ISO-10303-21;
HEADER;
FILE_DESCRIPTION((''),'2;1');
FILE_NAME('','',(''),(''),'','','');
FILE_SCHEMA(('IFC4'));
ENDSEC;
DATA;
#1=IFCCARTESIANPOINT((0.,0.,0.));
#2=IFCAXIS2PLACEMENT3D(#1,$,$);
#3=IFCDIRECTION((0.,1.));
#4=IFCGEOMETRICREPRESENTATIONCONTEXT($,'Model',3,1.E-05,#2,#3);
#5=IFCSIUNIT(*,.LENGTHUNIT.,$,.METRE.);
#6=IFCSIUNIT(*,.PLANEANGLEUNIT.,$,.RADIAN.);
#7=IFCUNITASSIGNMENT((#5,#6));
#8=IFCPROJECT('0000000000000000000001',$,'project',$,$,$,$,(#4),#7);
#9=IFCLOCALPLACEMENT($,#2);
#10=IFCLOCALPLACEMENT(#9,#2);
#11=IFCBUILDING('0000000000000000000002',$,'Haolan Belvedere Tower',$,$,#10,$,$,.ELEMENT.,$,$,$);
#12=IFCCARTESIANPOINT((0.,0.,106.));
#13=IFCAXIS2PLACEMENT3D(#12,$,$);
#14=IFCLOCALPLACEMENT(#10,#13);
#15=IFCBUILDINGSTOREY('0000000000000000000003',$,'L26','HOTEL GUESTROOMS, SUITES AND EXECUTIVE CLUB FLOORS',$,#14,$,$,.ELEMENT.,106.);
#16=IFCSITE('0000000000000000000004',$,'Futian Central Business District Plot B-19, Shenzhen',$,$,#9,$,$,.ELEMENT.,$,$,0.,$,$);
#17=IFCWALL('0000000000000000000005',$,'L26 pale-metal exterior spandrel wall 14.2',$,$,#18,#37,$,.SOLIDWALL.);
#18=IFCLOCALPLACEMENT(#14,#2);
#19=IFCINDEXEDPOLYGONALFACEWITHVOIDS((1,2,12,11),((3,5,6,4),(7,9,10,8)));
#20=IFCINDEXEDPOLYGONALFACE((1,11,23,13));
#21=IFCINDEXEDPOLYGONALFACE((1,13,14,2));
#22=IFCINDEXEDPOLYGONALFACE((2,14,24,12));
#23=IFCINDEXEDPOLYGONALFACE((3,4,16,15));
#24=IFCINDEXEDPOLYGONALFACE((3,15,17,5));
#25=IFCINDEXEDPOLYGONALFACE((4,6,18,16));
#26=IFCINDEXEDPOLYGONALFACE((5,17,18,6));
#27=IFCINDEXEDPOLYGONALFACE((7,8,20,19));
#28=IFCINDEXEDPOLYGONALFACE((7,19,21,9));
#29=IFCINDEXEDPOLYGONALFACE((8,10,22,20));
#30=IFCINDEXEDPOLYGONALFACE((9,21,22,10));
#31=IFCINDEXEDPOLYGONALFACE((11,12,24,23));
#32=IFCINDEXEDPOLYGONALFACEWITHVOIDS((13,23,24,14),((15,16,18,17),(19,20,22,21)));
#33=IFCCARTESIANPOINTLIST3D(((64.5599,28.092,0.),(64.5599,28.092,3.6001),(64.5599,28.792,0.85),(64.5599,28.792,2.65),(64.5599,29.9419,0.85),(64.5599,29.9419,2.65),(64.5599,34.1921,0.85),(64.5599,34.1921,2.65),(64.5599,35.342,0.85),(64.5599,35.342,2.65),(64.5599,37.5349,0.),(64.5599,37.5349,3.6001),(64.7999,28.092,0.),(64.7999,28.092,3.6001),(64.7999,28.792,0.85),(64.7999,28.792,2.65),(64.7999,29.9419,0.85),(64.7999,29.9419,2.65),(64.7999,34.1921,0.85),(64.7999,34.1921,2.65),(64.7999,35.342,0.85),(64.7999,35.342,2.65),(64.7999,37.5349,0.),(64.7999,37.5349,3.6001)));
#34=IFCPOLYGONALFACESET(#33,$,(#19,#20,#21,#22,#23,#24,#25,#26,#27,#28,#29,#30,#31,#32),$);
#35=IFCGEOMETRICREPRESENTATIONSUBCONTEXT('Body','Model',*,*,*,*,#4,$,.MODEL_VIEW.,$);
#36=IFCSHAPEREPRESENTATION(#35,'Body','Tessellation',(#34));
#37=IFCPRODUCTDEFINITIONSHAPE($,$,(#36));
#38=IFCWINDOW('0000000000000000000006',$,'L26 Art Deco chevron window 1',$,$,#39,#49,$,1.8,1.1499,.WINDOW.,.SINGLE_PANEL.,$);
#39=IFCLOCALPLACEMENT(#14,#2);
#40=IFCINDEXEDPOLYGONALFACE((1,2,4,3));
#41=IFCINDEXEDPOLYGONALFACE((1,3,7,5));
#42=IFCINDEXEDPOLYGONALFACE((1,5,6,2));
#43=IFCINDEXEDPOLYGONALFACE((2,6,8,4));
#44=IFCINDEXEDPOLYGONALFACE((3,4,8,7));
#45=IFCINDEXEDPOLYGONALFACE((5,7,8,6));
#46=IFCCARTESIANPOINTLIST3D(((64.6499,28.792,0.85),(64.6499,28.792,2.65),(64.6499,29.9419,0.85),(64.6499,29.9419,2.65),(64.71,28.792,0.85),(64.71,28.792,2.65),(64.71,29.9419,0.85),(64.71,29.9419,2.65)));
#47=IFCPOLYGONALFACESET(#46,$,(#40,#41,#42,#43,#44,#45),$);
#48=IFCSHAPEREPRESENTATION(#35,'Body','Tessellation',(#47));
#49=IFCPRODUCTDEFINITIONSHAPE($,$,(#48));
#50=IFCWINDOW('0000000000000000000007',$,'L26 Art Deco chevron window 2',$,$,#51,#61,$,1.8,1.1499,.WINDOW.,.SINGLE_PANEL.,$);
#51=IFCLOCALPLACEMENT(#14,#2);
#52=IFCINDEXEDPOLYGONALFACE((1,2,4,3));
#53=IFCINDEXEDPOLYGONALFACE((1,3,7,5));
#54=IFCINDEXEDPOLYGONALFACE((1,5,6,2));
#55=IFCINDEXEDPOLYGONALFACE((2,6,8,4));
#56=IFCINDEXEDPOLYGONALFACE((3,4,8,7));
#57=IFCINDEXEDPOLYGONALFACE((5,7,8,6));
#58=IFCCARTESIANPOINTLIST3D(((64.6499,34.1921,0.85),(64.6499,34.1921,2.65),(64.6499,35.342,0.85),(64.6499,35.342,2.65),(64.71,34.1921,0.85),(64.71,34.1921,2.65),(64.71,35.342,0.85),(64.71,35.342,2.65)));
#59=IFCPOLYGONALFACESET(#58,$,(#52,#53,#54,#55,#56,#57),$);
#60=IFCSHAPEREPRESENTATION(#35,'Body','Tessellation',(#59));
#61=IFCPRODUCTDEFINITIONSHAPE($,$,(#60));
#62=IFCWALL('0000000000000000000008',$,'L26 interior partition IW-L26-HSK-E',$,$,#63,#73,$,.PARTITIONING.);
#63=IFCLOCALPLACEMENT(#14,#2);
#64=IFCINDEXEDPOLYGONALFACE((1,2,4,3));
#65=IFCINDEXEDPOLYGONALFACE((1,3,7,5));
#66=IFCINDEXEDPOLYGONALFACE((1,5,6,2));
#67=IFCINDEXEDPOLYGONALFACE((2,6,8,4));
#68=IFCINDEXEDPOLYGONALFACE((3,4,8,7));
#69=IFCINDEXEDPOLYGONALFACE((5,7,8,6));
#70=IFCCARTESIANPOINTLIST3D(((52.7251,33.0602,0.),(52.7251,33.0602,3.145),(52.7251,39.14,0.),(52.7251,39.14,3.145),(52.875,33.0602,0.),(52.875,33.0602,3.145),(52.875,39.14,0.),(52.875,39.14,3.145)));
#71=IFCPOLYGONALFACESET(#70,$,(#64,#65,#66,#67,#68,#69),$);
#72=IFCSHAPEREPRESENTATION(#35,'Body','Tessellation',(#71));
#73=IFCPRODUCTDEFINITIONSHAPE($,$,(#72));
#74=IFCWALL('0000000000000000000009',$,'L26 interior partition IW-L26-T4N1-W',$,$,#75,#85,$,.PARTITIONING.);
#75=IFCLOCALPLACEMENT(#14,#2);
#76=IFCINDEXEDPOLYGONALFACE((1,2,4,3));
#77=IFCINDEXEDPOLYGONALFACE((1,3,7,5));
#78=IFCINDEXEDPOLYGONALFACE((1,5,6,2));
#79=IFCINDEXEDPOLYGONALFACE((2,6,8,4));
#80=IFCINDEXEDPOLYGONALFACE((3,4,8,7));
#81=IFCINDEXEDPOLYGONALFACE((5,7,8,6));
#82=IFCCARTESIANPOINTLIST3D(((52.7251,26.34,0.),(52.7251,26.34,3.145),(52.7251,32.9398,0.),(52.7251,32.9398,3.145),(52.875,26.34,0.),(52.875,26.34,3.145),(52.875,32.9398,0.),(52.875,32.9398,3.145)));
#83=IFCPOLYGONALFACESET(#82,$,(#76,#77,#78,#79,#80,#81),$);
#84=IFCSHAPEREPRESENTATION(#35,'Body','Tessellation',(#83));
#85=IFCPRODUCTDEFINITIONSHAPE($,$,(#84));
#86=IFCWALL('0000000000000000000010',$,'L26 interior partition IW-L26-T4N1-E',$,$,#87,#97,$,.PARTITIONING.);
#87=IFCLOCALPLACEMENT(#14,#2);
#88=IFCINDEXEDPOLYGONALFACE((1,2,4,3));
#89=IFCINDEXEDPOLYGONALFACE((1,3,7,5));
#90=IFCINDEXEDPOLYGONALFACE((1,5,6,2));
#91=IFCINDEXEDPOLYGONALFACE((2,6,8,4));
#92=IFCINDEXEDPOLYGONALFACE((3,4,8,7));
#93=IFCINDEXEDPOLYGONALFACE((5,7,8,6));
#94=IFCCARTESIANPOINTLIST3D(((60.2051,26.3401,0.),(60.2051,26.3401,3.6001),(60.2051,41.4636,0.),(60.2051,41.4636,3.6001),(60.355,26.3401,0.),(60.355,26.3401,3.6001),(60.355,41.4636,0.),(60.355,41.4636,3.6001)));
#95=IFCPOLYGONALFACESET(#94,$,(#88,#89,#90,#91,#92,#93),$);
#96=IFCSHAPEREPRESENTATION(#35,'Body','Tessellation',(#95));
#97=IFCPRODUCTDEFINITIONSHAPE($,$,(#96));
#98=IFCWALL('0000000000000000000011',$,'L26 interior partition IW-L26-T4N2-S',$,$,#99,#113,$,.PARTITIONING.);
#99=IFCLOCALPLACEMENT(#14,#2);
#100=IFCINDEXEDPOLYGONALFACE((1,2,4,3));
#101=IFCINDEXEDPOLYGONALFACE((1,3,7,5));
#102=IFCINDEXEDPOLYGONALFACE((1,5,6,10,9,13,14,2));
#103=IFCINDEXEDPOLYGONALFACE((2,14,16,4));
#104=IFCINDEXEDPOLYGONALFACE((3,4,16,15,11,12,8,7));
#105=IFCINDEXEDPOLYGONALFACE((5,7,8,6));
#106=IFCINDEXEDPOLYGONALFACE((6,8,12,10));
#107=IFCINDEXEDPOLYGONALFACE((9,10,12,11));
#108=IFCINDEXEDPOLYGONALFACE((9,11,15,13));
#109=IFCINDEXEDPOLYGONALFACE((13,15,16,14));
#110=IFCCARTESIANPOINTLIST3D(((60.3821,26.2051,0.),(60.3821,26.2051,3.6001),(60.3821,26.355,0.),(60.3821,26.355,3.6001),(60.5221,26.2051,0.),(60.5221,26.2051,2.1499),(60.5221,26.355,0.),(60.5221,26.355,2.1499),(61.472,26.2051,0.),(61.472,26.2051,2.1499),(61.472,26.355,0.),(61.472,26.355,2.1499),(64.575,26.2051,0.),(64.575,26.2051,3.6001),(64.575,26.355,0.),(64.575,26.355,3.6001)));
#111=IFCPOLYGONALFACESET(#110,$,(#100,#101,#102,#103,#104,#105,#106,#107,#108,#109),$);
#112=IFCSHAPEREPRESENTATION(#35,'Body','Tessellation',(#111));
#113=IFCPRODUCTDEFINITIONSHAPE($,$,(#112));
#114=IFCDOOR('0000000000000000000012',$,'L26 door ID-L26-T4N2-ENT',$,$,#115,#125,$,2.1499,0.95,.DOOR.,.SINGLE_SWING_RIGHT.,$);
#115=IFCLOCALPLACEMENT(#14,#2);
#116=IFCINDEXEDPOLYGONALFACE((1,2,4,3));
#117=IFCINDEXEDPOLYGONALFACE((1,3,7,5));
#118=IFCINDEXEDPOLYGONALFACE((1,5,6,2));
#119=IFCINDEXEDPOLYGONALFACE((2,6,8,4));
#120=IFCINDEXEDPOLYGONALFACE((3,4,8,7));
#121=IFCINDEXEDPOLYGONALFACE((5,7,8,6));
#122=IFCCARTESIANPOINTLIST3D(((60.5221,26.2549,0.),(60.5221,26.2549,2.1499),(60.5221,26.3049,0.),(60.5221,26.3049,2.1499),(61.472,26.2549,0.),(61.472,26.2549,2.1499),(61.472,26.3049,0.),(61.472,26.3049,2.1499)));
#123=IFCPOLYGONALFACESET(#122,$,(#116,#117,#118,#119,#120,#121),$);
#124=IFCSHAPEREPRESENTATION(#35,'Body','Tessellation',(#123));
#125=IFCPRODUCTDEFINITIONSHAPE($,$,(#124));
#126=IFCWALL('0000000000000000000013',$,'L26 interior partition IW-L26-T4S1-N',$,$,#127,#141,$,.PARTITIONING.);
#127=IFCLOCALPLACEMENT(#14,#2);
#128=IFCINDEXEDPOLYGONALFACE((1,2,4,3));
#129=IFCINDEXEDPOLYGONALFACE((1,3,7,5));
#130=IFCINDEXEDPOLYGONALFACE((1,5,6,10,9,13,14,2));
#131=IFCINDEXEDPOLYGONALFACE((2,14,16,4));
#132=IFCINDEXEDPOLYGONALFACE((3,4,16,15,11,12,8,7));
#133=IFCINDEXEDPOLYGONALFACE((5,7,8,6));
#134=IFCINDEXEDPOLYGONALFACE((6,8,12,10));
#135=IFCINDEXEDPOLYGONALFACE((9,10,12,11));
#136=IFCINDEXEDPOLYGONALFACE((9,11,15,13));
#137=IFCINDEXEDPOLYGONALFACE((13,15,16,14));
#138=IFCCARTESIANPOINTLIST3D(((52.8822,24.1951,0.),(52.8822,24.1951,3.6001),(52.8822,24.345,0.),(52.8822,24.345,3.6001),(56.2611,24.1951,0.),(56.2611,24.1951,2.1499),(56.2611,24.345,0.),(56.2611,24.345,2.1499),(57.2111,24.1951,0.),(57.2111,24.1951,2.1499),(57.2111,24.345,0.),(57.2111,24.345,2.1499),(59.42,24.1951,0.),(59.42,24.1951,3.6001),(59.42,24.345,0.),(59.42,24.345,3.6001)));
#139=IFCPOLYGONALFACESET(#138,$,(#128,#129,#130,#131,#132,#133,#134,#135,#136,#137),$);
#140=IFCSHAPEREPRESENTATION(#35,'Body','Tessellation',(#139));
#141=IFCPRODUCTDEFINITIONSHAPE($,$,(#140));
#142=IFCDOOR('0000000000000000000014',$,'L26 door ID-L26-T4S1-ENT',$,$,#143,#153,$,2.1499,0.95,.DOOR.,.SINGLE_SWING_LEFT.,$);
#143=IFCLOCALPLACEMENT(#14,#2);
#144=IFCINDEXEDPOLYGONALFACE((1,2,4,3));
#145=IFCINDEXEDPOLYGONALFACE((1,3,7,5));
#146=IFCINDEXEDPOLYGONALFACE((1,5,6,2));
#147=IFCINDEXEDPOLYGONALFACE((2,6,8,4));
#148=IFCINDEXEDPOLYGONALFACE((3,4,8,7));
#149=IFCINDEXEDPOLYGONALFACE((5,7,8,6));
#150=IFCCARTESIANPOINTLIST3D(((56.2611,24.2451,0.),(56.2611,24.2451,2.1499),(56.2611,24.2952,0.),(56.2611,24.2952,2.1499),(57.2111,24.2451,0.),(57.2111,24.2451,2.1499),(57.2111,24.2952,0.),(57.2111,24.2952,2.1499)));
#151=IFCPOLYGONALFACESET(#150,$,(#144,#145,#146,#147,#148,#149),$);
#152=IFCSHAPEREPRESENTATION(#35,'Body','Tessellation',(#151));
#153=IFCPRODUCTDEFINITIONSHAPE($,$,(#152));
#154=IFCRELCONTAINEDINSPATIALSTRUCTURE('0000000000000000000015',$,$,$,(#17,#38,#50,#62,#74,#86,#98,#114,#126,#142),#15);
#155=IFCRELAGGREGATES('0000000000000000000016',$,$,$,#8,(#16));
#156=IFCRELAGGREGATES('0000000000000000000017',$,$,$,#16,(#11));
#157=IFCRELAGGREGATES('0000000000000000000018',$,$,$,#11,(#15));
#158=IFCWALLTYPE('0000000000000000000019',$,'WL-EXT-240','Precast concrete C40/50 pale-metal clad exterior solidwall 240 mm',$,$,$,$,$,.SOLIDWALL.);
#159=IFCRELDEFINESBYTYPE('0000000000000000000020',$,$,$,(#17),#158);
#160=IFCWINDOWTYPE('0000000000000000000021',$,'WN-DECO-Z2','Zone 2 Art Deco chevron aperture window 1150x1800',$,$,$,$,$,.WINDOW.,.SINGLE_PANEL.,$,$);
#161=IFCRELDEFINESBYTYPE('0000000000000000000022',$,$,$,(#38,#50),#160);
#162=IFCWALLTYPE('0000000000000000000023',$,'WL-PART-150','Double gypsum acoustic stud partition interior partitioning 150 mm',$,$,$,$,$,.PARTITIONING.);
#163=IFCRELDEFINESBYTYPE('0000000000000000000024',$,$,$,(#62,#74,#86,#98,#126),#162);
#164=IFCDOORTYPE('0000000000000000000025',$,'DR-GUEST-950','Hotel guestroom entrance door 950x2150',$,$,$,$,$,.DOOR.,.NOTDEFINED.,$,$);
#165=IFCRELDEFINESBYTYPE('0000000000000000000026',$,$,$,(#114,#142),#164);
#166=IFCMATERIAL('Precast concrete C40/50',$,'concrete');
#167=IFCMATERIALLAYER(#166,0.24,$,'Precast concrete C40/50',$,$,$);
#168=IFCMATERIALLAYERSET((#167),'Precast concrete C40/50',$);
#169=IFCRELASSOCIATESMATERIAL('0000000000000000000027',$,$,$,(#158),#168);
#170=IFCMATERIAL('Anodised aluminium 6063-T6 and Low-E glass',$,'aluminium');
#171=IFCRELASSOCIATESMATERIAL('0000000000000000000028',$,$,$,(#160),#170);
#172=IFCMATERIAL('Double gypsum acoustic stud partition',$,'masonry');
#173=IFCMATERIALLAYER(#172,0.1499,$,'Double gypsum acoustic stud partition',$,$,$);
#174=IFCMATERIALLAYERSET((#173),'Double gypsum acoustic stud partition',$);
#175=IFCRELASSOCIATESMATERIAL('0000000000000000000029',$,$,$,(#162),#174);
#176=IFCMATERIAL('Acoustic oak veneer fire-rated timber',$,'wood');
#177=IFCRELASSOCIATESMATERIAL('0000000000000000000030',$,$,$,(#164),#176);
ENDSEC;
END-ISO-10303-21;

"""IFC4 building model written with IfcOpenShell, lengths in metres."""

from ifc_helpers import new_model, si_unit, direction, frame, frame_2d, origin, place, context, subcontext, project, spatial, rectangle, extrude, material, layer, layer_set, type_object, element, fill, save


model = new_model("IFC4")

# Units and contexts
model_context = context("Model", 3, precision=1e-05, world=origin(), true_north=direction((0.0, 1.0)))
body_context = subcontext(model_context, "Body", "Model", "MODEL_VIEW")
ifc_project = project(units=[si_unit("LENGTHUNIT", "METRE"), si_unit("PLANEANGLEUNIT", "RADIAN")], contexts=[model_context])

# Site, building, storey
site_placement = place(None, origin())
site = spatial("IfcSite", under=ifc_project, at=site_placement, Name="Futian Central Business District Plot B-19, Shenzhen", CompositionType="ELEMENT", RefElevation=0.0)
building_placement = place(site_placement, origin())
building = spatial("IfcBuilding", under=site, at=building_placement, Name="Haolan Belvedere Tower", CompositionType="ELEMENT")
storey_placement = place(building_placement, frame((0.0, 0.0, 106.0)))
storey = spatial("IfcBuildingStorey", under=building, at=storey_placement, Name="L26", Description="HOTEL GUESTROOMS, SUITES AND EXECUTIVE CLUB FLOORS", CompositionType="ELEMENT", Elevation=106.0)

# Wall, openings, windows
ifc_material_1 = material(Name="Precast concrete C40/50", Category="concrete")
ifc_layer_1 = layer(ifc_material_1, 0.24, Name="Precast concrete C40/50")
ifc_layer_set_1 = layer_set([ifc_layer_1], Name="Precast concrete C40/50")
wall_type_1 = type_object("IfcWallType", Name="WL-EXT-240", Description="Precast concrete C40/50 pale-metal clad exterior solidwall 240 mm", PredefinedType="SOLIDWALL", material=ifc_layer_set_1)
wall_1_placement = place(storey_placement, frame((64.6799, 28.092, 0.0), z_axis=(0.0, 0.0, 1.0), x_axis=(0.0, 1.0, 0.0)))
wall_1 = element("IfcWall", 1, at=wall_1_placement, inside=storey, type_object=wall_type_1, Name="L26 pale-metal exterior spandrel wall 14.2", PredefinedType="SOLIDWALL", context=body_context, shape_type="SweptSolid", body=[
    extrude(rectangle(XDim=9.4429, YDim=0.24, at=frame_2d((4.7214, 0.0))), origin(), (0.0, 0.0, 1.0), 3.6001),
])
opening_1_placement = place(wall_1_placement, frame((0.7, 0.0, 0.8501)))
opening_1 = element("IfcOpeningElement", 2, at=opening_1_placement, cuts=wall_1, PredefinedType="OPENING", context=body_context, shape_type="SweptSolid", body=[
    extrude(rectangle(XDim=1.1499, YDim=1.8, at=frame_2d((0.575, 0.8999))), frame((0.0, 0.1299, 0.0), z_axis=(0.0, -1.0, 0.0), x_axis=(1.0, 0.0, 0.0)), (0.0, 0.0, 1.0), 0.26),
])
opening_2_placement = place(wall_1_placement, frame((6.1001, 0.0, 0.8501)))
opening_2 = element("IfcOpeningElement", 3, at=opening_2_placement, cuts=wall_1, PredefinedType="OPENING", context=body_context, shape_type="SweptSolid", body=[
    extrude(rectangle(XDim=1.1499, YDim=1.8, at=frame_2d((0.575, 0.8999))), frame((0.0, 0.1299, 0.0), z_axis=(0.0, -1.0, 0.0), x_axis=(1.0, 0.0, 0.0)), (0.0, 0.0, 1.0), 0.26),
])
ifc_material_2 = material(Name="Anodised aluminium 6063-T6 and Low-E glass", Category="aluminium")
window_type = type_object("IfcWindowType", Name="WN-DECO-Z2", Description="Zone 2 Art Deco chevron aperture window 1150x1800", PartitioningType="SINGLE_PANEL", PredefinedType="WINDOW", material=ifc_material_2)
window_1_placement = place(opening_1_placement, origin())
window_1 = element("IfcWindow", 4, at=window_1_placement, inside=storey, type_object=window_type, Name="L26 Art Deco chevron window 1", OverallHeight=1.8, OverallWidth=1.1499, PartitioningType="SINGLE_PANEL", PredefinedType="WINDOW", context=body_context, shape_type="SweptSolid", body=[
    extrude(rectangle(XDim=1.1499, YDim=1.8, at=frame_2d((0.575, 0.8999))), frame((0.0, 0.03, 0.0), z_axis=(0.0, -1.0, 0.0), x_axis=(1.0, 0.0, 0.0)), (0.0, 0.0, 1.0), 0.0601),
])
fill(opening_1, window_1)
window_2_placement = place(opening_2_placement, origin())
window_2 = element("IfcWindow", 5, at=window_2_placement, inside=storey, type_object=window_type, Name="L26 Art Deco chevron window 2", OverallHeight=1.8, OverallWidth=1.1499, PartitioningType="SINGLE_PANEL", PredefinedType="WINDOW", context=body_context, shape_type="SweptSolid", body=[
    extrude(rectangle(XDim=1.1499, YDim=1.8, at=frame_2d((0.575, 0.8999))), frame((0.0, 0.03, 0.0), z_axis=(0.0, -1.0, 0.0), x_axis=(1.0, 0.0, 0.0)), (0.0, 0.0, 1.0), 0.0601),
])
fill(opening_2, window_2)

# Walls
ifc_material_3 = material(Name="Double gypsum acoustic stud partition", Category="masonry")
ifc_layer_2 = layer(ifc_material_3, 0.1499, Name="Double gypsum acoustic stud partition")
ifc_layer_set_2 = layer_set([ifc_layer_2], Name="Double gypsum acoustic stud partition")
wall_type_2 = type_object("IfcWallType", Name="WL-PART-150", Description="Double gypsum acoustic stud partition interior partitioning 150 mm", PredefinedType="PARTITIONING", material=ifc_layer_set_2)
wall_2_placement = place(storey_placement, frame((52.8, 33.0601, 0.0), z_axis=(0.0, 0.0, 1.0), x_axis=(0.0, 1.0, 0.0)))
element("IfcWall", 6, at=wall_2_placement, inside=storey, type_object=wall_type_2, Name="L26 interior partition IW-L26-HSK-E", PredefinedType="PARTITIONING", context=body_context, shape_type="SweptSolid", body=[
    extrude(rectangle(XDim=6.0798, YDim=0.1499, at=frame_2d((3.04, 0.0))), origin(), (0.0, 0.0, 1.0), 3.145),
])
wall_3_placement = place(storey_placement, frame((52.8, 26.3401, 0.0), z_axis=(0.0, 0.0, 1.0), x_axis=(0.0, 1.0, 0.0)))
element("IfcWall", 7, at=wall_3_placement, inside=storey, type_object=wall_type_2, Name="L26 interior partition IW-L26-T4N1-W", PredefinedType="PARTITIONING", context=body_context, shape_type="SweptSolid", body=[
    extrude(rectangle(XDim=6.5999, YDim=0.1499, at=frame_2d((3.2998, 0.0))), origin(), (0.0, 0.0, 1.0), 3.145),
])
wall_4_placement = place(storey_placement, frame((60.28, 26.3401, 0.0), z_axis=(0.0, 0.0, 1.0), x_axis=(0.0, 1.0, 0.0)))
element("IfcWall", 8, at=wall_4_placement, inside=storey, type_object=wall_type_2, Name="L26 interior partition IW-L26-T4N1-E", PredefinedType="PARTITIONING", context=body_context, shape_type="SweptSolid", body=[
    extrude(rectangle(XDim=15.1235, YDim=0.1499, at=frame_2d((7.5618, 0.0))), origin(), (0.0, 0.0, 1.0), 3.6001),
])

# Walls, openings, doors
wall_5_placement = place(storey_placement, frame((60.3821, 26.28, 0.0), z_axis=(0.0, 0.0, 1.0), x_axis=(1.0, 0.0, 0.0)))
wall_5 = element("IfcWall", 9, at=wall_5_placement, inside=storey, type_object=wall_type_2, Name="L26 interior partition IW-L26-T4N2-S", PredefinedType="PARTITIONING", context=body_context, shape_type="SweptSolid", body=[
    extrude(rectangle(XDim=4.1929, YDim=0.1499, at=frame_2d((2.0964, 0.0))), origin(), (0.0, 0.0, 1.0), 3.6001),
])
opening_3_placement = place(wall_5_placement, frame((0.1399, 0.0, 0.0)))
opening_3 = element("IfcOpeningElement", 10, at=opening_3_placement, cuts=wall_5, PredefinedType="OPENING", context=body_context, shape_type="SweptSolid", body=[
    extrude(rectangle(XDim=0.95, YDim=2.1499, at=frame_2d((0.4751, 1.075))), frame((0.0, 0.085, 0.0), z_axis=(0.0, -1.0, 0.0), x_axis=(1.0, 0.0, 0.0)), (0.0, 0.0, 1.0), 0.1699),
])
ifc_material_4 = material(Name="Acoustic oak veneer fire-rated timber", Category="wood")
door_type_1 = type_object("IfcDoorType", Name="DR-GUEST-950", Description="Hotel guestroom entrance door 950x2150", OperationType="NOTDEFINED", PredefinedType="DOOR", material=ifc_material_4)
door_1_placement = place(opening_3_placement, origin())
door_1 = element("IfcDoor", 11, at=door_1_placement, inside=storey, type_object=door_type_1, Name="L26 door ID-L26-T4N2-ENT", OperationType="SINGLE_SWING_RIGHT", OverallHeight=2.1499, OverallWidth=0.95, PredefinedType="DOOR", context=body_context, shape_type="SweptSolid", body=[
    extrude(rectangle(XDim=0.95, YDim=2.1499, at=frame_2d((0.4751, 1.075))), frame((0.0, 0.0249, 0.0), z_axis=(0.0, -1.0, 0.0), x_axis=(1.0, 0.0, 0.0)), (0.0, 0.0, 1.0), 0.05),
])
fill(opening_3, door_1)
wall_6_placement = place(storey_placement, frame((52.8821, 24.27, 0.0), z_axis=(0.0, 0.0, 1.0), x_axis=(1.0, 0.0, 0.0)))
wall_6 = element("IfcWall", 12, at=wall_6_placement, inside=storey, type_object=wall_type_2, Name="L26 interior partition IW-L26-T4S1-N", PredefinedType="PARTITIONING", context=body_context, shape_type="SweptSolid", body=[
    extrude(rectangle(XDim=6.5378, YDim=0.1499, at=frame_2d((3.269, 0.0))), origin(), (0.0, 0.0, 1.0), 3.6001),
])
opening_4_placement = place(wall_6_placement, frame((4.3291, 0.0, 0.0), z_axis=(0.0, 0.0, 1.0), x_axis=(-1.0, 0.0, 0.0)))
opening_4 = element("IfcOpeningElement", 13, at=opening_4_placement, cuts=wall_6, PredefinedType="OPENING", context=body_context, shape_type="SweptSolid", body=[
    extrude(rectangle(XDim=0.95, YDim=2.1499, at=frame_2d((0.4751, 1.075))), frame((0.0, 0.085, 0.0), z_axis=(0.0, -1.0, 0.0), x_axis=(1.0, 0.0, 0.0)), (0.0, 0.0, 1.0), 0.1699),
])
door_2_placement = place(opening_4_placement, origin())
door_2 = element("IfcDoor", 14, at=door_2_placement, inside=storey, type_object=door_type_1, Name="L26 door ID-L26-T4S1-ENT", OperationType="SINGLE_SWING_LEFT", OverallHeight=2.1499, OverallWidth=0.95, PredefinedType="DOOR", context=body_context, shape_type="SweptSolid", body=[
    extrude(rectangle(XDim=0.95, YDim=2.1499, at=frame_2d((0.4751, 1.075))), frame((0.0, 0.0249, 0.0), z_axis=(0.0, -1.0, 0.0), x_axis=(1.0, 0.0, 0.0)), (0.0, 0.0, 1.0), 0.05),
])
fill(opening_4, door_2)

save(model, "model.ifc")
